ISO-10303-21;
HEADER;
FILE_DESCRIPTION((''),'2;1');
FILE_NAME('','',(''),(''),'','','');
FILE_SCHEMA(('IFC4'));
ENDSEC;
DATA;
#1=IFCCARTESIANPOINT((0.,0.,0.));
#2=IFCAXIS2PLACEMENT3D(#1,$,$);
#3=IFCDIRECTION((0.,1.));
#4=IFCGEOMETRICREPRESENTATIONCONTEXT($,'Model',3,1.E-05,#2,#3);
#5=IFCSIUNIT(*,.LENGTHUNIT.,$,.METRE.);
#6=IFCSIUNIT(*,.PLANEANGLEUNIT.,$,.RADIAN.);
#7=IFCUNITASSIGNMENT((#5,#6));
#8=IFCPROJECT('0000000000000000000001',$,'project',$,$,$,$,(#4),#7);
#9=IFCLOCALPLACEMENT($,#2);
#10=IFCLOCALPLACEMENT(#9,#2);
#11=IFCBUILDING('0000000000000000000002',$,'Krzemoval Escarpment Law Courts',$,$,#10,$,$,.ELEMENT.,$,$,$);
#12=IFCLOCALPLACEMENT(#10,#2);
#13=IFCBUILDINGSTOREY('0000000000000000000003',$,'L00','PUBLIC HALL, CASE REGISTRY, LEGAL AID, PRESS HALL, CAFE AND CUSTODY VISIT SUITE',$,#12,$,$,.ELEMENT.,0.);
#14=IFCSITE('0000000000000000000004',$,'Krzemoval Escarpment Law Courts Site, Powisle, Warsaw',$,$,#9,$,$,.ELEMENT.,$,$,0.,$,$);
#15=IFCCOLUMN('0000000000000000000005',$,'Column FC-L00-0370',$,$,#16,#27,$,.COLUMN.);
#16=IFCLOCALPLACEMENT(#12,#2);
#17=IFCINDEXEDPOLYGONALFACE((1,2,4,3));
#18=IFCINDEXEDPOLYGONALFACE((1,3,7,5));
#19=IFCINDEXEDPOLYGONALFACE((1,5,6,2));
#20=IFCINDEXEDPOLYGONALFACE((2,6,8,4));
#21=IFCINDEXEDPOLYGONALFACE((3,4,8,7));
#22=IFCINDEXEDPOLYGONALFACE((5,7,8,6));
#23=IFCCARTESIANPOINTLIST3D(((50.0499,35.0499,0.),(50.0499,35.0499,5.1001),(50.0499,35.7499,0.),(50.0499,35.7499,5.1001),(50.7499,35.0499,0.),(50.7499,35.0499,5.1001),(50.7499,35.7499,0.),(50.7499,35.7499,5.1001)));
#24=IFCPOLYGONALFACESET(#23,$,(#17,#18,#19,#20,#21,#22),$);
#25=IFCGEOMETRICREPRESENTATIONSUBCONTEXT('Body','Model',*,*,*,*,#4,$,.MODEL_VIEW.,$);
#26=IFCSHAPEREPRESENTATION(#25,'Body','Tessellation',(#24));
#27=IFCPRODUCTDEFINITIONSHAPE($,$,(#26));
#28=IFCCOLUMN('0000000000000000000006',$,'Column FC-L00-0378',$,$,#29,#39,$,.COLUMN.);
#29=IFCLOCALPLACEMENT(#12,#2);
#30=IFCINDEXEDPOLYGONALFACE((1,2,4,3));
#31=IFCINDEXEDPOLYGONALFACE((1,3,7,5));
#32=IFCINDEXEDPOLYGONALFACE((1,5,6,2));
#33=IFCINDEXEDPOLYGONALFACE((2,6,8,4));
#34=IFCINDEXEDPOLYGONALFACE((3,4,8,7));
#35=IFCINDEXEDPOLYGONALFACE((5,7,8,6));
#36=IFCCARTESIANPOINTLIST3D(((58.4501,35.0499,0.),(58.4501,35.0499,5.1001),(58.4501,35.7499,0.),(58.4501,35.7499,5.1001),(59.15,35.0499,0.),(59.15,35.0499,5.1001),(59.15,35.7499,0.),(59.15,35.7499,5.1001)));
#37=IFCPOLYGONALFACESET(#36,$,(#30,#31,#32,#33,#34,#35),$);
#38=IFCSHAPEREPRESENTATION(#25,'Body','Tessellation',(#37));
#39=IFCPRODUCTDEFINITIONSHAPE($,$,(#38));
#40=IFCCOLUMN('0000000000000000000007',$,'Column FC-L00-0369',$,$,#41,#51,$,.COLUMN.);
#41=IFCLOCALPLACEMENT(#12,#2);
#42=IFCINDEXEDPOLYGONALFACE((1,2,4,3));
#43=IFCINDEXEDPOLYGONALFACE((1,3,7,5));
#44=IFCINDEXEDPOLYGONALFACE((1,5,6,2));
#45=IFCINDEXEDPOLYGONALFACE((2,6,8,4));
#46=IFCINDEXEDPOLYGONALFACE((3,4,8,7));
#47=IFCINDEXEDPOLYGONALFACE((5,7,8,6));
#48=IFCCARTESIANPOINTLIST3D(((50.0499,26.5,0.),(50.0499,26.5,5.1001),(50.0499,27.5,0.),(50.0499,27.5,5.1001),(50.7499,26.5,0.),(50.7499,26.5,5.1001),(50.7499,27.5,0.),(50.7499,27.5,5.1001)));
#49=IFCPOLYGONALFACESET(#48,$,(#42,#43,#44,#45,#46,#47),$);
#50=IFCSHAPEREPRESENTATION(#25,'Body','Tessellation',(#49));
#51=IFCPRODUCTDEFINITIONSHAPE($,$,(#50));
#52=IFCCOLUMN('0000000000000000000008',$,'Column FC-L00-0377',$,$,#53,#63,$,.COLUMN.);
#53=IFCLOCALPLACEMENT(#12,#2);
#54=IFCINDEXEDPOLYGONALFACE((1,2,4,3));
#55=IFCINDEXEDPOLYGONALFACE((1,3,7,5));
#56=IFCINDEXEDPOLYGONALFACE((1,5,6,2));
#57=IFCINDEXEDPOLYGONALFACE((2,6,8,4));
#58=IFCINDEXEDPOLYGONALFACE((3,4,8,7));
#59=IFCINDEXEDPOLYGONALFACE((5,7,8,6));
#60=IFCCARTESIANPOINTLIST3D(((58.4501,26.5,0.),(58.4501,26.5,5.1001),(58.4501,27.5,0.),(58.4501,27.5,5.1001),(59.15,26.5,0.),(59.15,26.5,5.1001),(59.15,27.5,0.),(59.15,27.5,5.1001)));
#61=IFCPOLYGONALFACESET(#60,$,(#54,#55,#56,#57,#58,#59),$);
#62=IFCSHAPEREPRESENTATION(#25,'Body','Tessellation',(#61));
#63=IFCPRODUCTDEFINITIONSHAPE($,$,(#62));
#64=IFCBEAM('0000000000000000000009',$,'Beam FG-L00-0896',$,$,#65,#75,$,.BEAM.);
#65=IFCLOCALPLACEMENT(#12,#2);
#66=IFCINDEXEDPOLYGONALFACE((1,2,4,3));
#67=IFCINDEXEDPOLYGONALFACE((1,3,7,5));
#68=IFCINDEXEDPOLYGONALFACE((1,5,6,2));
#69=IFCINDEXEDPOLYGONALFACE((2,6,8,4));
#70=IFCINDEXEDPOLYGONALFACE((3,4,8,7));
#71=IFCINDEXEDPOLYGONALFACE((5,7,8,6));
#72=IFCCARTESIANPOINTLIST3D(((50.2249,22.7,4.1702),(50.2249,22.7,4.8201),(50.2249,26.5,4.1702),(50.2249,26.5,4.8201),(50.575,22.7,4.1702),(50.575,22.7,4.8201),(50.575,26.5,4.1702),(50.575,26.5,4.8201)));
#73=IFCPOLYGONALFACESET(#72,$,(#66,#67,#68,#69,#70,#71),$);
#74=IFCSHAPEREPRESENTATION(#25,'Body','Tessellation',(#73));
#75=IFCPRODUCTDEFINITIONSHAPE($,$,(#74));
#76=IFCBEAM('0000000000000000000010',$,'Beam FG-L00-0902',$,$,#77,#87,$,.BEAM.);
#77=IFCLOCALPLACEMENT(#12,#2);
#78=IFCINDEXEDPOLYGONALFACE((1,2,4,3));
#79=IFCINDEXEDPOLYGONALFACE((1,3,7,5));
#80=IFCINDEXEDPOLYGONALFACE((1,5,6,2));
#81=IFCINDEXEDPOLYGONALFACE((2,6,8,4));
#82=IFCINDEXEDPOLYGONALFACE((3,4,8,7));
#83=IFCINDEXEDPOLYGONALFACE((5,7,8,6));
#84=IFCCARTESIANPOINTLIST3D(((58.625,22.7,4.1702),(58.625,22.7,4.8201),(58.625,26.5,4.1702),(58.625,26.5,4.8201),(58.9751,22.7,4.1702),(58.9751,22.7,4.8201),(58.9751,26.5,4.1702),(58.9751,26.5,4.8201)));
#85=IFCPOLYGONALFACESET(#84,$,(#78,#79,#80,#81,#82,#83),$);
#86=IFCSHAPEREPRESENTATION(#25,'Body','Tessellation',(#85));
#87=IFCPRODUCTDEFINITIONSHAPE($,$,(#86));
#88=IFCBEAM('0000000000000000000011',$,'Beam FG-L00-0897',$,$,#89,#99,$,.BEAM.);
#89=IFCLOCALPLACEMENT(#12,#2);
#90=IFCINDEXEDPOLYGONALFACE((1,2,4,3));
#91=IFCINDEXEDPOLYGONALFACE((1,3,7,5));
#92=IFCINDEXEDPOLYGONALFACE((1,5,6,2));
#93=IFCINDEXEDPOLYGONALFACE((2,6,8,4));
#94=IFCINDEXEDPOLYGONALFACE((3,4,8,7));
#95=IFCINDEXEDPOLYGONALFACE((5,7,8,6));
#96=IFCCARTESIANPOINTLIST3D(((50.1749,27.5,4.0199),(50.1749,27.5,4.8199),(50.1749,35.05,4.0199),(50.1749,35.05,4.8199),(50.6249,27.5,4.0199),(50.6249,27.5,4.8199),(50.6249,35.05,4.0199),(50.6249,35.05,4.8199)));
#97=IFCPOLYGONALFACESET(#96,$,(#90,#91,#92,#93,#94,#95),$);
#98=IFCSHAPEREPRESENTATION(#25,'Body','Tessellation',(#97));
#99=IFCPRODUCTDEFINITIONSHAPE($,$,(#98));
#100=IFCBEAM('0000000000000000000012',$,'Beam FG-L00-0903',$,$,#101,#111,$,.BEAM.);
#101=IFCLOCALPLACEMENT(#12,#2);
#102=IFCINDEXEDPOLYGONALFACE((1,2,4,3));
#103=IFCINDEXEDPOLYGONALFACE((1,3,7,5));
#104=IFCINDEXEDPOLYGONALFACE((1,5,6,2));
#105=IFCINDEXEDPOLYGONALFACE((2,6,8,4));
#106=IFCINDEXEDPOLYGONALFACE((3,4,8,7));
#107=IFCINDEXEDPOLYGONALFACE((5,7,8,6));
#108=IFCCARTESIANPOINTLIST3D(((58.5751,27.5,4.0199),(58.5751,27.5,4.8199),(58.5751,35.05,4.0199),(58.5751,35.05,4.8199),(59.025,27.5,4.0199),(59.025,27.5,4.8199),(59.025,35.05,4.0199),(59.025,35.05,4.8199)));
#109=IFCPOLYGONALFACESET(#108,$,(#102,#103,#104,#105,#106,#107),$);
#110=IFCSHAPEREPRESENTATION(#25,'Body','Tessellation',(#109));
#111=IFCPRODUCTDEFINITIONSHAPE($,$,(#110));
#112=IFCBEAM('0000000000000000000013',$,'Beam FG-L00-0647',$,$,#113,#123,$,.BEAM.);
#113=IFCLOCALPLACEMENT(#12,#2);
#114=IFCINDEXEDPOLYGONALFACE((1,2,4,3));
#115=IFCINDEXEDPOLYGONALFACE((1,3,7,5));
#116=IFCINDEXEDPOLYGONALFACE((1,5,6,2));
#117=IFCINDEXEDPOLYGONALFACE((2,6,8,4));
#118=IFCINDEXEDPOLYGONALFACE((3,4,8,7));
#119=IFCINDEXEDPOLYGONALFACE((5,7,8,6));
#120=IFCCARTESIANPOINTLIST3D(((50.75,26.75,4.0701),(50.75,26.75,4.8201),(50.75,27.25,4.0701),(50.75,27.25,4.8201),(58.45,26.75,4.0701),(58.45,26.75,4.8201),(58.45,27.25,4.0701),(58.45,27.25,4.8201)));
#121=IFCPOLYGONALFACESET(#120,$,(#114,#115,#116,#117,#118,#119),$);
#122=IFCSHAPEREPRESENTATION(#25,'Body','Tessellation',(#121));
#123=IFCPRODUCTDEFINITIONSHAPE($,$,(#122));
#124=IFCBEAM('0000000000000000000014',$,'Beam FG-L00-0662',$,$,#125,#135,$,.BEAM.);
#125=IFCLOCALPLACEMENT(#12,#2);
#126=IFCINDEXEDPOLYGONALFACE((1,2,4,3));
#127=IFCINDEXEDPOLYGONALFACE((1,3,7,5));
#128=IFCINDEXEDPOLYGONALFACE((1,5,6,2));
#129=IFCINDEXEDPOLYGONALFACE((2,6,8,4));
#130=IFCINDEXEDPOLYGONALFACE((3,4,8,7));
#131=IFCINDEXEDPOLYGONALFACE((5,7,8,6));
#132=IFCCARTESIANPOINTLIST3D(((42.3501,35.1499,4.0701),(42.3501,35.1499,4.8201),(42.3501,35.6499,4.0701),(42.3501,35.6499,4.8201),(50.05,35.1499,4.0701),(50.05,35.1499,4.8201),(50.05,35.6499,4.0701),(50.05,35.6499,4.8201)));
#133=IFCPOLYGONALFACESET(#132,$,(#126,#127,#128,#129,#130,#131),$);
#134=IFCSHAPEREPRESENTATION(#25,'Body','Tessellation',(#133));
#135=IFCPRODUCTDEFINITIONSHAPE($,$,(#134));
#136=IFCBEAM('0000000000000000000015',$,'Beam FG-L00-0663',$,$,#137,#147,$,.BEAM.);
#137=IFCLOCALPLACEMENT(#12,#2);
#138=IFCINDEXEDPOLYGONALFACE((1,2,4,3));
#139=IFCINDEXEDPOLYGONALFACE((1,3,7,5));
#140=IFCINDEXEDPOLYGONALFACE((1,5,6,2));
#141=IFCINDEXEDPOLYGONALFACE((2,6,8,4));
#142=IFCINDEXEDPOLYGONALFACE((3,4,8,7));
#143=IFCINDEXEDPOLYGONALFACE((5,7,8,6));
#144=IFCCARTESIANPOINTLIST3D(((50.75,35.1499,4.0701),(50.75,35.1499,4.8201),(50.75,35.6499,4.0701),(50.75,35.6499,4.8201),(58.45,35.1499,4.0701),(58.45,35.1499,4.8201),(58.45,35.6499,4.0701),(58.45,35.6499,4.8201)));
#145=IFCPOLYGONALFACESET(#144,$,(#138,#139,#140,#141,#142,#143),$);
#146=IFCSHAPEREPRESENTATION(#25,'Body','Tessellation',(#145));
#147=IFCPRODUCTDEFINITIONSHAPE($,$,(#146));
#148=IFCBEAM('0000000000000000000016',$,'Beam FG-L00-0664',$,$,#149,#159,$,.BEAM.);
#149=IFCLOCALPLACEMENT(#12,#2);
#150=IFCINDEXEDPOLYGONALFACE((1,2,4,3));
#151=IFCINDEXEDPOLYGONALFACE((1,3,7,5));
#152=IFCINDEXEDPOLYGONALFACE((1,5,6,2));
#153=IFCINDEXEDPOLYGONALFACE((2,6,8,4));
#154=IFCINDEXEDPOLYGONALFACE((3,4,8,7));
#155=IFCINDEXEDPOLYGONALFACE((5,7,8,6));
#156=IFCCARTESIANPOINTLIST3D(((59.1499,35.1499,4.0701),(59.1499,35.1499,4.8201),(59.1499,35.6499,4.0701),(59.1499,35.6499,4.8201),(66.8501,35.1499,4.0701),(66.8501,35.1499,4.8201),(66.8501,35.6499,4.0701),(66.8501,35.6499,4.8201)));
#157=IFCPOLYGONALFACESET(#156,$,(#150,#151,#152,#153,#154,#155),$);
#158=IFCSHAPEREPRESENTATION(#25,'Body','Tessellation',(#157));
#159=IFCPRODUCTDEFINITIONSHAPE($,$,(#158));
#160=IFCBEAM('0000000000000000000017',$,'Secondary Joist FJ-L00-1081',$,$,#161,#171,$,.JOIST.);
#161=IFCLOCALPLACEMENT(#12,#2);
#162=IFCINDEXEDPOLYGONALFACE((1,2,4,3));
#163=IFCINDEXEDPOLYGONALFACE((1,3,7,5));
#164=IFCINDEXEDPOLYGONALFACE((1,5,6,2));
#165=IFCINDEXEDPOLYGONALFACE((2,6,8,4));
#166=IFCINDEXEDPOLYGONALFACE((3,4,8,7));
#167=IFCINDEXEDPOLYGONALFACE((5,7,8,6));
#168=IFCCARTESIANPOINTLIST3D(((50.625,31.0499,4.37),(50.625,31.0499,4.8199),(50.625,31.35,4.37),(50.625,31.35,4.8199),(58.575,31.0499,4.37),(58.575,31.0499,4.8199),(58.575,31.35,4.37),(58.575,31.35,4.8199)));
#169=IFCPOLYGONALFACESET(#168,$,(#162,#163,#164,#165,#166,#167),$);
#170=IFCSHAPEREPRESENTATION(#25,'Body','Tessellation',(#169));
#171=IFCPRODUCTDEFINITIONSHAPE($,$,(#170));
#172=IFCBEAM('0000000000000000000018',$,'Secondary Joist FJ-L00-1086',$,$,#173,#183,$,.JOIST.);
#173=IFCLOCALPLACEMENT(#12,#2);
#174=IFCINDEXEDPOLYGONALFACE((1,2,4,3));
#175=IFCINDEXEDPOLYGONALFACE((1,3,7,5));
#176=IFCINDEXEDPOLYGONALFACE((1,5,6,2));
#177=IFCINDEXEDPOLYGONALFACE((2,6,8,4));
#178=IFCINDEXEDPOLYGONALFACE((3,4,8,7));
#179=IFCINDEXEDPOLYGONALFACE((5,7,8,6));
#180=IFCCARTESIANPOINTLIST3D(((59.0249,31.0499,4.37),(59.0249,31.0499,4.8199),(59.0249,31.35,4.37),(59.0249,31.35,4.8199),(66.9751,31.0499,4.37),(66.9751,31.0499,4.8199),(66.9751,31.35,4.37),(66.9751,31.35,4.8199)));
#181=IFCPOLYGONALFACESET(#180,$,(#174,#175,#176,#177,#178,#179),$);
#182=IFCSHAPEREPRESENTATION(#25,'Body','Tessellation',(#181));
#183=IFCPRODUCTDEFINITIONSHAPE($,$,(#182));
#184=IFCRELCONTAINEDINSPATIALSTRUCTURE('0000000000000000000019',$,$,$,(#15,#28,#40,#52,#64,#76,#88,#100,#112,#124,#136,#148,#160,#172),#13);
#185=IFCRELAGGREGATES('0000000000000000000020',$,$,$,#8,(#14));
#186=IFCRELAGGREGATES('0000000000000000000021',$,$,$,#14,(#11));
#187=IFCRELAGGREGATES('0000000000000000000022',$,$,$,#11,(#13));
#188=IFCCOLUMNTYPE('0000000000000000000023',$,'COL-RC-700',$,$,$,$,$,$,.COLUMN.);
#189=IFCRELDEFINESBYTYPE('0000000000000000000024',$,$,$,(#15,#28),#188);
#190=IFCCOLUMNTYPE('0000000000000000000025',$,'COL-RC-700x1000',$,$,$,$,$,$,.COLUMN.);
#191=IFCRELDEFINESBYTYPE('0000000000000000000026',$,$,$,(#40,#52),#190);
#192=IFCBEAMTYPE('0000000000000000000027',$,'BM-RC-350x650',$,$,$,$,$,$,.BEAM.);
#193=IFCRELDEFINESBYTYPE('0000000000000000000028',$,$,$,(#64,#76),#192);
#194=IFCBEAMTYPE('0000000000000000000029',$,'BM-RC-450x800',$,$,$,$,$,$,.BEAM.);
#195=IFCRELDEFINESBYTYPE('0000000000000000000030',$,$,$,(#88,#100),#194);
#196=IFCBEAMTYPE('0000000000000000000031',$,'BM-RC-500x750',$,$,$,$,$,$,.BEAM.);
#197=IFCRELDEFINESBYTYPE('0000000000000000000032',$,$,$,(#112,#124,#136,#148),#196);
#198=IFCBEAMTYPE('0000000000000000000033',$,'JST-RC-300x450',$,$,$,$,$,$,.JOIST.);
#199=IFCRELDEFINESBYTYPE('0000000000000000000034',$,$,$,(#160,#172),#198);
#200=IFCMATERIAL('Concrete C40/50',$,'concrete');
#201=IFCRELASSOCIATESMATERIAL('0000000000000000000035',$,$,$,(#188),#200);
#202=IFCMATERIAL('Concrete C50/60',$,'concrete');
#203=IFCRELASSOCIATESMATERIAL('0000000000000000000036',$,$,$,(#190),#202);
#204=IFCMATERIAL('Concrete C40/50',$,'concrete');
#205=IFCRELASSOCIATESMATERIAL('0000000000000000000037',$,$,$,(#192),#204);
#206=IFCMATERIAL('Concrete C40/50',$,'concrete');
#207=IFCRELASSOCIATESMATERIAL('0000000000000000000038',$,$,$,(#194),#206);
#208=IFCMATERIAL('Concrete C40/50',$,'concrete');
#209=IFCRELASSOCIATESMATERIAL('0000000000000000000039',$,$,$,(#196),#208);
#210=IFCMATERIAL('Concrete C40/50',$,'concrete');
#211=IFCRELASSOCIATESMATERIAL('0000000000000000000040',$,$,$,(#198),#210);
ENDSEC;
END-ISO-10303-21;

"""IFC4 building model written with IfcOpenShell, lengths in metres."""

from ifc_helpers import new_model, si_unit, direction, frame, origin, origin_2d, place, context, subcontext, project, spatial, rectangle, extrude, material, material_profile, profile_set, type_object, element, save


model = new_model("IFC4")

# Units and contexts
model_context = context("Model", 3, precision=1e-05, world=origin(), true_north=direction((0.0, 1.0)))
body_context = subcontext(model_context, "Body", "Model", "MODEL_VIEW")
ifc_project = project(units=[si_unit("LENGTHUNIT", "METRE"), si_unit("PLANEANGLEUNIT", "RADIAN")], contexts=[model_context])

# Site, building, storey
site_placement = place(None, origin())
site = spatial("IfcSite", under=ifc_project, at=site_placement, Name="Krzemoval Escarpment Law Courts Site, Powisle, Warsaw", CompositionType="ELEMENT", RefElevation=0.0)
building_placement = place(site_placement, origin())
building = spatial("IfcBuilding", under=site, at=building_placement, Name="Krzemoval Escarpment Law Courts", CompositionType="ELEMENT")
storey_placement = place(building_placement, origin())
storey = spatial("IfcBuildingStorey", under=building, at=storey_placement, Name="L00", Description="PUBLIC HALL, CASE REGISTRY, LEGAL AID, PRESS HALL, CAFE AND CUSTODY VISIT SUITE", CompositionType="ELEMENT", Elevation=0.0)

# Columns
ifc_material_1 = material(Name="Concrete C40/50", Category="concrete")
ifc_material_profile_1 = material_profile(ifc_material_1, rectangle(XDim=0.7, YDim=0.7, at=origin_2d()), Name="RC 700x700")
ifc_profile_set_1 = profile_set([ifc_material_profile_1], Name="Concrete C40/50")
column_type_1 = type_object("IfcColumnType", Name="COL-RC-700", PredefinedType="COLUMN", material=ifc_profile_set_1)
for number, where, z_axis, x_axis, name in (
    (1, (50.3999, 35.3999, 0.0), (0.0, 0.0, 1.0), (1.0, 0.0, 0.0), "Column FC-L00-0370"),
    (2, (58.8, 35.3999, 0.0), (0.0, 0.0, 1.0), (1.0, 0.0, 0.0), "Column FC-L00-0378"),
):
    element("IfcColumn", number, at=place(storey_placement, frame(where, z_axis=z_axis, x_axis=x_axis)), inside=storey, type_object=column_type_1, Name=name, PredefinedType="COLUMN", context=body_context, shape_type="SweptSolid", body=[
        extrude(rectangle(XDim=0.7, YDim=0.7, at=origin_2d()), origin(), (0.0, 0.0, 1.0), 5.1001),
    ])
ifc_material_2 = material(Name="Concrete C50/60", Category="concrete")
ifc_material_profile_2 = material_profile(ifc_material_2, rectangle(XDim=0.7, YDim=1.0, at=origin_2d()), Name="RC 700x1000")
ifc_profile_set_2 = profile_set([ifc_material_profile_2], Name="Concrete C50/60")
column_type_2 = type_object("IfcColumnType", Name="COL-RC-700x1000", PredefinedType="COLUMN", material=ifc_profile_set_2)
for number, where, z_axis, x_axis, name in (
    (3, (50.3999, 27.0, 0.0), (0.0, 0.0, 1.0), (1.0, 0.0, 0.0), "Column FC-L00-0369"),
    (4, (58.8, 27.0, 0.0), (0.0, 0.0, 1.0), (1.0, 0.0, 0.0), "Column FC-L00-0377"),
):
    element("IfcColumn", number, at=place(storey_placement, frame(where, z_axis=z_axis, x_axis=x_axis)), inside=storey, type_object=column_type_2, Name=name, PredefinedType="COLUMN", context=body_context, shape_type="SweptSolid", body=[
        extrude(rectangle(XDim=0.7, YDim=1.0, at=origin_2d()), origin(), (0.0, 0.0, 1.0), 5.1001),
    ])

# Beams
ifc_material_3 = material(Name="Concrete C40/50", Category="concrete")
ifc_material_profile_3 = material_profile(ifc_material_3, rectangle(XDim=0.3501, YDim=0.6499, at=origin_2d()), Name="RCB 350x650")
ifc_profile_set_3 = profile_set([ifc_material_profile_3], Name="Concrete C40/50")
beam_type_1 = type_object("IfcBeamType", Name="BM-RC-350x650", PredefinedType="BEAM", material=ifc_profile_set_3)
for number, where, z_axis, x_axis, name in (
    (5, (50.3999, 22.7, 4.4951), (0.0, 1.0, 0.0), (-1.0, 0.0, 0.0), "Beam FG-L00-0896"),
    (6, (58.8, 22.7, 4.4951), (0.0, 1.0, 0.0), (-1.0, 0.0, 0.0), "Beam FG-L00-0902"),
):
    element("IfcBeam", number, at=place(storey_placement, frame(where, z_axis=z_axis, x_axis=x_axis)), inside=storey, type_object=beam_type_1, Name=name, PredefinedType="BEAM", context=body_context, shape_type="SweptSolid", body=[
        extrude(rectangle(XDim=0.3501, YDim=0.6499, at=origin_2d()), origin(), (0.0, 0.0, 1.0), 3.8),
    ])
ifc_material_4 = material(Name="Concrete C40/50", Category="concrete")
ifc_material_profile_4 = material_profile(ifc_material_4, rectangle(XDim=0.45, YDim=0.8, at=origin_2d()), Name="RCB 450x800")
ifc_profile_set_4 = profile_set([ifc_material_profile_4], Name="Concrete C40/50")
beam_type_2 = type_object("IfcBeamType", Name="BM-RC-450x800", PredefinedType="BEAM", material=ifc_profile_set_4)
for number, where, z_axis, x_axis, name in (
    (7, (50.3999, 27.5, 4.4199), (0.0, 1.0, 0.0), (-1.0, 0.0, 0.0), "Beam FG-L00-0897"),
    (8, (58.8, 27.5, 4.4199), (0.0, 1.0, 0.0), (-1.0, 0.0, 0.0), "Beam FG-L00-0903"),
):
    element("IfcBeam", number, at=place(storey_placement, frame(where, z_axis=z_axis, x_axis=x_axis)), inside=storey, type_object=beam_type_2, Name=name, PredefinedType="BEAM", context=body_context, shape_type="SweptSolid", body=[
        extrude(rectangle(XDim=0.45, YDim=0.8, at=origin_2d()), origin(), (0.0, 0.0, 1.0), 7.55),
    ])
ifc_material_5 = material(Name="Concrete C40/50", Category="concrete")
ifc_material_profile_5 = material_profile(ifc_material_5, rectangle(XDim=0.5, YDim=0.75, at=origin_2d()), Name="RCB 500x750")
ifc_profile_set_5 = profile_set([ifc_material_profile_5], Name="Concrete C40/50")
beam_type_3 = type_object("IfcBeamType", Name="BM-RC-500x750", PredefinedType="BEAM", material=ifc_profile_set_5)
for number, where, z_axis, x_axis, name in (
    (9, (50.75, 27.0, 4.4451), (1.0, 0.0, 0.0), (0.0, 1.0, 0.0), "Beam FG-L00-0647"),
    (10, (42.3501, 35.3999, 4.4451), (1.0, 0.0, 0.0), (0.0, 1.0, 0.0), "Beam FG-L00-0662"),
    (11, (50.75, 35.3999, 4.4451), (1.0, 0.0, 0.0), (0.0, 1.0, 0.0), "Beam FG-L00-0663"),
):
    element("IfcBeam", number, at=place(storey_placement, frame(where, z_axis=z_axis, x_axis=x_axis)), inside=storey, type_object=beam_type_3, Name=name, PredefinedType="BEAM", context=body_context, shape_type="SweptSolid", body=[
        extrude(rectangle(XDim=0.5, YDim=0.75, at=origin_2d()), origin(), (0.0, 0.0, 1.0), 7.7),
    ])
beam_1_placement = place(storey_placement, frame((59.1499, 35.3999, 4.4451), z_axis=(1.0, 0.0, 0.0), x_axis=(0.0, 1.0, 0.0)))
element("IfcBeam", 12, at=beam_1_placement, inside=storey, type_object=beam_type_3, Name="Beam FG-L00-0664", PredefinedType="BEAM", context=body_context, shape_type="SweptSolid", body=[
    extrude(rectangle(XDim=0.5, YDim=0.75, at=origin_2d()), origin(), (0.0, 0.0, 1.0), 7.7002),
])
ifc_material_6 = material(Name="Concrete C40/50", Category="concrete")
ifc_material_profile_6 = material_profile(ifc_material_6, rectangle(XDim=0.3, YDim=0.45, at=origin_2d()), Name="RCB 300x450")
ifc_profile_set_6 = profile_set([ifc_material_profile_6], Name="Concrete C40/50")
beam_type_4 = type_object("IfcBeamType", Name="JST-RC-300x450", PredefinedType="JOIST", material=ifc_profile_set_6)
beam_2_placement = place(storey_placement, frame((50.625, 31.2, 4.595), z_axis=(1.0, 0.0, 0.0), x_axis=(0.0, 1.0, 0.0)))
element("IfcBeam", 13, at=beam_2_placement, inside=storey, type_object=beam_type_4, Name="Secondary Joist FJ-L00-1081", PredefinedType="JOIST", context=body_context, shape_type="SweptSolid", body=[
    extrude(rectangle(XDim=0.3, YDim=0.45, at=origin_2d()), origin(), (0.0, 0.0, 1.0), 7.95),
])
beam_3_placement = place(storey_placement, frame((59.0249, 31.2, 4.595), z_axis=(1.0, 0.0, 0.0), x_axis=(0.0, 1.0, 0.0)))
element("IfcBeam", 14, at=beam_3_placement, inside=storey, type_object=beam_type_4, Name="Secondary Joist FJ-L00-1086", PredefinedType="JOIST", context=body_context, shape_type="SweptSolid", body=[
    extrude(rectangle(XDim=0.3, YDim=0.45, at=origin_2d()), origin(), (0.0, 0.0, 1.0), 7.9502),
])

save(model, "model.ifc")
